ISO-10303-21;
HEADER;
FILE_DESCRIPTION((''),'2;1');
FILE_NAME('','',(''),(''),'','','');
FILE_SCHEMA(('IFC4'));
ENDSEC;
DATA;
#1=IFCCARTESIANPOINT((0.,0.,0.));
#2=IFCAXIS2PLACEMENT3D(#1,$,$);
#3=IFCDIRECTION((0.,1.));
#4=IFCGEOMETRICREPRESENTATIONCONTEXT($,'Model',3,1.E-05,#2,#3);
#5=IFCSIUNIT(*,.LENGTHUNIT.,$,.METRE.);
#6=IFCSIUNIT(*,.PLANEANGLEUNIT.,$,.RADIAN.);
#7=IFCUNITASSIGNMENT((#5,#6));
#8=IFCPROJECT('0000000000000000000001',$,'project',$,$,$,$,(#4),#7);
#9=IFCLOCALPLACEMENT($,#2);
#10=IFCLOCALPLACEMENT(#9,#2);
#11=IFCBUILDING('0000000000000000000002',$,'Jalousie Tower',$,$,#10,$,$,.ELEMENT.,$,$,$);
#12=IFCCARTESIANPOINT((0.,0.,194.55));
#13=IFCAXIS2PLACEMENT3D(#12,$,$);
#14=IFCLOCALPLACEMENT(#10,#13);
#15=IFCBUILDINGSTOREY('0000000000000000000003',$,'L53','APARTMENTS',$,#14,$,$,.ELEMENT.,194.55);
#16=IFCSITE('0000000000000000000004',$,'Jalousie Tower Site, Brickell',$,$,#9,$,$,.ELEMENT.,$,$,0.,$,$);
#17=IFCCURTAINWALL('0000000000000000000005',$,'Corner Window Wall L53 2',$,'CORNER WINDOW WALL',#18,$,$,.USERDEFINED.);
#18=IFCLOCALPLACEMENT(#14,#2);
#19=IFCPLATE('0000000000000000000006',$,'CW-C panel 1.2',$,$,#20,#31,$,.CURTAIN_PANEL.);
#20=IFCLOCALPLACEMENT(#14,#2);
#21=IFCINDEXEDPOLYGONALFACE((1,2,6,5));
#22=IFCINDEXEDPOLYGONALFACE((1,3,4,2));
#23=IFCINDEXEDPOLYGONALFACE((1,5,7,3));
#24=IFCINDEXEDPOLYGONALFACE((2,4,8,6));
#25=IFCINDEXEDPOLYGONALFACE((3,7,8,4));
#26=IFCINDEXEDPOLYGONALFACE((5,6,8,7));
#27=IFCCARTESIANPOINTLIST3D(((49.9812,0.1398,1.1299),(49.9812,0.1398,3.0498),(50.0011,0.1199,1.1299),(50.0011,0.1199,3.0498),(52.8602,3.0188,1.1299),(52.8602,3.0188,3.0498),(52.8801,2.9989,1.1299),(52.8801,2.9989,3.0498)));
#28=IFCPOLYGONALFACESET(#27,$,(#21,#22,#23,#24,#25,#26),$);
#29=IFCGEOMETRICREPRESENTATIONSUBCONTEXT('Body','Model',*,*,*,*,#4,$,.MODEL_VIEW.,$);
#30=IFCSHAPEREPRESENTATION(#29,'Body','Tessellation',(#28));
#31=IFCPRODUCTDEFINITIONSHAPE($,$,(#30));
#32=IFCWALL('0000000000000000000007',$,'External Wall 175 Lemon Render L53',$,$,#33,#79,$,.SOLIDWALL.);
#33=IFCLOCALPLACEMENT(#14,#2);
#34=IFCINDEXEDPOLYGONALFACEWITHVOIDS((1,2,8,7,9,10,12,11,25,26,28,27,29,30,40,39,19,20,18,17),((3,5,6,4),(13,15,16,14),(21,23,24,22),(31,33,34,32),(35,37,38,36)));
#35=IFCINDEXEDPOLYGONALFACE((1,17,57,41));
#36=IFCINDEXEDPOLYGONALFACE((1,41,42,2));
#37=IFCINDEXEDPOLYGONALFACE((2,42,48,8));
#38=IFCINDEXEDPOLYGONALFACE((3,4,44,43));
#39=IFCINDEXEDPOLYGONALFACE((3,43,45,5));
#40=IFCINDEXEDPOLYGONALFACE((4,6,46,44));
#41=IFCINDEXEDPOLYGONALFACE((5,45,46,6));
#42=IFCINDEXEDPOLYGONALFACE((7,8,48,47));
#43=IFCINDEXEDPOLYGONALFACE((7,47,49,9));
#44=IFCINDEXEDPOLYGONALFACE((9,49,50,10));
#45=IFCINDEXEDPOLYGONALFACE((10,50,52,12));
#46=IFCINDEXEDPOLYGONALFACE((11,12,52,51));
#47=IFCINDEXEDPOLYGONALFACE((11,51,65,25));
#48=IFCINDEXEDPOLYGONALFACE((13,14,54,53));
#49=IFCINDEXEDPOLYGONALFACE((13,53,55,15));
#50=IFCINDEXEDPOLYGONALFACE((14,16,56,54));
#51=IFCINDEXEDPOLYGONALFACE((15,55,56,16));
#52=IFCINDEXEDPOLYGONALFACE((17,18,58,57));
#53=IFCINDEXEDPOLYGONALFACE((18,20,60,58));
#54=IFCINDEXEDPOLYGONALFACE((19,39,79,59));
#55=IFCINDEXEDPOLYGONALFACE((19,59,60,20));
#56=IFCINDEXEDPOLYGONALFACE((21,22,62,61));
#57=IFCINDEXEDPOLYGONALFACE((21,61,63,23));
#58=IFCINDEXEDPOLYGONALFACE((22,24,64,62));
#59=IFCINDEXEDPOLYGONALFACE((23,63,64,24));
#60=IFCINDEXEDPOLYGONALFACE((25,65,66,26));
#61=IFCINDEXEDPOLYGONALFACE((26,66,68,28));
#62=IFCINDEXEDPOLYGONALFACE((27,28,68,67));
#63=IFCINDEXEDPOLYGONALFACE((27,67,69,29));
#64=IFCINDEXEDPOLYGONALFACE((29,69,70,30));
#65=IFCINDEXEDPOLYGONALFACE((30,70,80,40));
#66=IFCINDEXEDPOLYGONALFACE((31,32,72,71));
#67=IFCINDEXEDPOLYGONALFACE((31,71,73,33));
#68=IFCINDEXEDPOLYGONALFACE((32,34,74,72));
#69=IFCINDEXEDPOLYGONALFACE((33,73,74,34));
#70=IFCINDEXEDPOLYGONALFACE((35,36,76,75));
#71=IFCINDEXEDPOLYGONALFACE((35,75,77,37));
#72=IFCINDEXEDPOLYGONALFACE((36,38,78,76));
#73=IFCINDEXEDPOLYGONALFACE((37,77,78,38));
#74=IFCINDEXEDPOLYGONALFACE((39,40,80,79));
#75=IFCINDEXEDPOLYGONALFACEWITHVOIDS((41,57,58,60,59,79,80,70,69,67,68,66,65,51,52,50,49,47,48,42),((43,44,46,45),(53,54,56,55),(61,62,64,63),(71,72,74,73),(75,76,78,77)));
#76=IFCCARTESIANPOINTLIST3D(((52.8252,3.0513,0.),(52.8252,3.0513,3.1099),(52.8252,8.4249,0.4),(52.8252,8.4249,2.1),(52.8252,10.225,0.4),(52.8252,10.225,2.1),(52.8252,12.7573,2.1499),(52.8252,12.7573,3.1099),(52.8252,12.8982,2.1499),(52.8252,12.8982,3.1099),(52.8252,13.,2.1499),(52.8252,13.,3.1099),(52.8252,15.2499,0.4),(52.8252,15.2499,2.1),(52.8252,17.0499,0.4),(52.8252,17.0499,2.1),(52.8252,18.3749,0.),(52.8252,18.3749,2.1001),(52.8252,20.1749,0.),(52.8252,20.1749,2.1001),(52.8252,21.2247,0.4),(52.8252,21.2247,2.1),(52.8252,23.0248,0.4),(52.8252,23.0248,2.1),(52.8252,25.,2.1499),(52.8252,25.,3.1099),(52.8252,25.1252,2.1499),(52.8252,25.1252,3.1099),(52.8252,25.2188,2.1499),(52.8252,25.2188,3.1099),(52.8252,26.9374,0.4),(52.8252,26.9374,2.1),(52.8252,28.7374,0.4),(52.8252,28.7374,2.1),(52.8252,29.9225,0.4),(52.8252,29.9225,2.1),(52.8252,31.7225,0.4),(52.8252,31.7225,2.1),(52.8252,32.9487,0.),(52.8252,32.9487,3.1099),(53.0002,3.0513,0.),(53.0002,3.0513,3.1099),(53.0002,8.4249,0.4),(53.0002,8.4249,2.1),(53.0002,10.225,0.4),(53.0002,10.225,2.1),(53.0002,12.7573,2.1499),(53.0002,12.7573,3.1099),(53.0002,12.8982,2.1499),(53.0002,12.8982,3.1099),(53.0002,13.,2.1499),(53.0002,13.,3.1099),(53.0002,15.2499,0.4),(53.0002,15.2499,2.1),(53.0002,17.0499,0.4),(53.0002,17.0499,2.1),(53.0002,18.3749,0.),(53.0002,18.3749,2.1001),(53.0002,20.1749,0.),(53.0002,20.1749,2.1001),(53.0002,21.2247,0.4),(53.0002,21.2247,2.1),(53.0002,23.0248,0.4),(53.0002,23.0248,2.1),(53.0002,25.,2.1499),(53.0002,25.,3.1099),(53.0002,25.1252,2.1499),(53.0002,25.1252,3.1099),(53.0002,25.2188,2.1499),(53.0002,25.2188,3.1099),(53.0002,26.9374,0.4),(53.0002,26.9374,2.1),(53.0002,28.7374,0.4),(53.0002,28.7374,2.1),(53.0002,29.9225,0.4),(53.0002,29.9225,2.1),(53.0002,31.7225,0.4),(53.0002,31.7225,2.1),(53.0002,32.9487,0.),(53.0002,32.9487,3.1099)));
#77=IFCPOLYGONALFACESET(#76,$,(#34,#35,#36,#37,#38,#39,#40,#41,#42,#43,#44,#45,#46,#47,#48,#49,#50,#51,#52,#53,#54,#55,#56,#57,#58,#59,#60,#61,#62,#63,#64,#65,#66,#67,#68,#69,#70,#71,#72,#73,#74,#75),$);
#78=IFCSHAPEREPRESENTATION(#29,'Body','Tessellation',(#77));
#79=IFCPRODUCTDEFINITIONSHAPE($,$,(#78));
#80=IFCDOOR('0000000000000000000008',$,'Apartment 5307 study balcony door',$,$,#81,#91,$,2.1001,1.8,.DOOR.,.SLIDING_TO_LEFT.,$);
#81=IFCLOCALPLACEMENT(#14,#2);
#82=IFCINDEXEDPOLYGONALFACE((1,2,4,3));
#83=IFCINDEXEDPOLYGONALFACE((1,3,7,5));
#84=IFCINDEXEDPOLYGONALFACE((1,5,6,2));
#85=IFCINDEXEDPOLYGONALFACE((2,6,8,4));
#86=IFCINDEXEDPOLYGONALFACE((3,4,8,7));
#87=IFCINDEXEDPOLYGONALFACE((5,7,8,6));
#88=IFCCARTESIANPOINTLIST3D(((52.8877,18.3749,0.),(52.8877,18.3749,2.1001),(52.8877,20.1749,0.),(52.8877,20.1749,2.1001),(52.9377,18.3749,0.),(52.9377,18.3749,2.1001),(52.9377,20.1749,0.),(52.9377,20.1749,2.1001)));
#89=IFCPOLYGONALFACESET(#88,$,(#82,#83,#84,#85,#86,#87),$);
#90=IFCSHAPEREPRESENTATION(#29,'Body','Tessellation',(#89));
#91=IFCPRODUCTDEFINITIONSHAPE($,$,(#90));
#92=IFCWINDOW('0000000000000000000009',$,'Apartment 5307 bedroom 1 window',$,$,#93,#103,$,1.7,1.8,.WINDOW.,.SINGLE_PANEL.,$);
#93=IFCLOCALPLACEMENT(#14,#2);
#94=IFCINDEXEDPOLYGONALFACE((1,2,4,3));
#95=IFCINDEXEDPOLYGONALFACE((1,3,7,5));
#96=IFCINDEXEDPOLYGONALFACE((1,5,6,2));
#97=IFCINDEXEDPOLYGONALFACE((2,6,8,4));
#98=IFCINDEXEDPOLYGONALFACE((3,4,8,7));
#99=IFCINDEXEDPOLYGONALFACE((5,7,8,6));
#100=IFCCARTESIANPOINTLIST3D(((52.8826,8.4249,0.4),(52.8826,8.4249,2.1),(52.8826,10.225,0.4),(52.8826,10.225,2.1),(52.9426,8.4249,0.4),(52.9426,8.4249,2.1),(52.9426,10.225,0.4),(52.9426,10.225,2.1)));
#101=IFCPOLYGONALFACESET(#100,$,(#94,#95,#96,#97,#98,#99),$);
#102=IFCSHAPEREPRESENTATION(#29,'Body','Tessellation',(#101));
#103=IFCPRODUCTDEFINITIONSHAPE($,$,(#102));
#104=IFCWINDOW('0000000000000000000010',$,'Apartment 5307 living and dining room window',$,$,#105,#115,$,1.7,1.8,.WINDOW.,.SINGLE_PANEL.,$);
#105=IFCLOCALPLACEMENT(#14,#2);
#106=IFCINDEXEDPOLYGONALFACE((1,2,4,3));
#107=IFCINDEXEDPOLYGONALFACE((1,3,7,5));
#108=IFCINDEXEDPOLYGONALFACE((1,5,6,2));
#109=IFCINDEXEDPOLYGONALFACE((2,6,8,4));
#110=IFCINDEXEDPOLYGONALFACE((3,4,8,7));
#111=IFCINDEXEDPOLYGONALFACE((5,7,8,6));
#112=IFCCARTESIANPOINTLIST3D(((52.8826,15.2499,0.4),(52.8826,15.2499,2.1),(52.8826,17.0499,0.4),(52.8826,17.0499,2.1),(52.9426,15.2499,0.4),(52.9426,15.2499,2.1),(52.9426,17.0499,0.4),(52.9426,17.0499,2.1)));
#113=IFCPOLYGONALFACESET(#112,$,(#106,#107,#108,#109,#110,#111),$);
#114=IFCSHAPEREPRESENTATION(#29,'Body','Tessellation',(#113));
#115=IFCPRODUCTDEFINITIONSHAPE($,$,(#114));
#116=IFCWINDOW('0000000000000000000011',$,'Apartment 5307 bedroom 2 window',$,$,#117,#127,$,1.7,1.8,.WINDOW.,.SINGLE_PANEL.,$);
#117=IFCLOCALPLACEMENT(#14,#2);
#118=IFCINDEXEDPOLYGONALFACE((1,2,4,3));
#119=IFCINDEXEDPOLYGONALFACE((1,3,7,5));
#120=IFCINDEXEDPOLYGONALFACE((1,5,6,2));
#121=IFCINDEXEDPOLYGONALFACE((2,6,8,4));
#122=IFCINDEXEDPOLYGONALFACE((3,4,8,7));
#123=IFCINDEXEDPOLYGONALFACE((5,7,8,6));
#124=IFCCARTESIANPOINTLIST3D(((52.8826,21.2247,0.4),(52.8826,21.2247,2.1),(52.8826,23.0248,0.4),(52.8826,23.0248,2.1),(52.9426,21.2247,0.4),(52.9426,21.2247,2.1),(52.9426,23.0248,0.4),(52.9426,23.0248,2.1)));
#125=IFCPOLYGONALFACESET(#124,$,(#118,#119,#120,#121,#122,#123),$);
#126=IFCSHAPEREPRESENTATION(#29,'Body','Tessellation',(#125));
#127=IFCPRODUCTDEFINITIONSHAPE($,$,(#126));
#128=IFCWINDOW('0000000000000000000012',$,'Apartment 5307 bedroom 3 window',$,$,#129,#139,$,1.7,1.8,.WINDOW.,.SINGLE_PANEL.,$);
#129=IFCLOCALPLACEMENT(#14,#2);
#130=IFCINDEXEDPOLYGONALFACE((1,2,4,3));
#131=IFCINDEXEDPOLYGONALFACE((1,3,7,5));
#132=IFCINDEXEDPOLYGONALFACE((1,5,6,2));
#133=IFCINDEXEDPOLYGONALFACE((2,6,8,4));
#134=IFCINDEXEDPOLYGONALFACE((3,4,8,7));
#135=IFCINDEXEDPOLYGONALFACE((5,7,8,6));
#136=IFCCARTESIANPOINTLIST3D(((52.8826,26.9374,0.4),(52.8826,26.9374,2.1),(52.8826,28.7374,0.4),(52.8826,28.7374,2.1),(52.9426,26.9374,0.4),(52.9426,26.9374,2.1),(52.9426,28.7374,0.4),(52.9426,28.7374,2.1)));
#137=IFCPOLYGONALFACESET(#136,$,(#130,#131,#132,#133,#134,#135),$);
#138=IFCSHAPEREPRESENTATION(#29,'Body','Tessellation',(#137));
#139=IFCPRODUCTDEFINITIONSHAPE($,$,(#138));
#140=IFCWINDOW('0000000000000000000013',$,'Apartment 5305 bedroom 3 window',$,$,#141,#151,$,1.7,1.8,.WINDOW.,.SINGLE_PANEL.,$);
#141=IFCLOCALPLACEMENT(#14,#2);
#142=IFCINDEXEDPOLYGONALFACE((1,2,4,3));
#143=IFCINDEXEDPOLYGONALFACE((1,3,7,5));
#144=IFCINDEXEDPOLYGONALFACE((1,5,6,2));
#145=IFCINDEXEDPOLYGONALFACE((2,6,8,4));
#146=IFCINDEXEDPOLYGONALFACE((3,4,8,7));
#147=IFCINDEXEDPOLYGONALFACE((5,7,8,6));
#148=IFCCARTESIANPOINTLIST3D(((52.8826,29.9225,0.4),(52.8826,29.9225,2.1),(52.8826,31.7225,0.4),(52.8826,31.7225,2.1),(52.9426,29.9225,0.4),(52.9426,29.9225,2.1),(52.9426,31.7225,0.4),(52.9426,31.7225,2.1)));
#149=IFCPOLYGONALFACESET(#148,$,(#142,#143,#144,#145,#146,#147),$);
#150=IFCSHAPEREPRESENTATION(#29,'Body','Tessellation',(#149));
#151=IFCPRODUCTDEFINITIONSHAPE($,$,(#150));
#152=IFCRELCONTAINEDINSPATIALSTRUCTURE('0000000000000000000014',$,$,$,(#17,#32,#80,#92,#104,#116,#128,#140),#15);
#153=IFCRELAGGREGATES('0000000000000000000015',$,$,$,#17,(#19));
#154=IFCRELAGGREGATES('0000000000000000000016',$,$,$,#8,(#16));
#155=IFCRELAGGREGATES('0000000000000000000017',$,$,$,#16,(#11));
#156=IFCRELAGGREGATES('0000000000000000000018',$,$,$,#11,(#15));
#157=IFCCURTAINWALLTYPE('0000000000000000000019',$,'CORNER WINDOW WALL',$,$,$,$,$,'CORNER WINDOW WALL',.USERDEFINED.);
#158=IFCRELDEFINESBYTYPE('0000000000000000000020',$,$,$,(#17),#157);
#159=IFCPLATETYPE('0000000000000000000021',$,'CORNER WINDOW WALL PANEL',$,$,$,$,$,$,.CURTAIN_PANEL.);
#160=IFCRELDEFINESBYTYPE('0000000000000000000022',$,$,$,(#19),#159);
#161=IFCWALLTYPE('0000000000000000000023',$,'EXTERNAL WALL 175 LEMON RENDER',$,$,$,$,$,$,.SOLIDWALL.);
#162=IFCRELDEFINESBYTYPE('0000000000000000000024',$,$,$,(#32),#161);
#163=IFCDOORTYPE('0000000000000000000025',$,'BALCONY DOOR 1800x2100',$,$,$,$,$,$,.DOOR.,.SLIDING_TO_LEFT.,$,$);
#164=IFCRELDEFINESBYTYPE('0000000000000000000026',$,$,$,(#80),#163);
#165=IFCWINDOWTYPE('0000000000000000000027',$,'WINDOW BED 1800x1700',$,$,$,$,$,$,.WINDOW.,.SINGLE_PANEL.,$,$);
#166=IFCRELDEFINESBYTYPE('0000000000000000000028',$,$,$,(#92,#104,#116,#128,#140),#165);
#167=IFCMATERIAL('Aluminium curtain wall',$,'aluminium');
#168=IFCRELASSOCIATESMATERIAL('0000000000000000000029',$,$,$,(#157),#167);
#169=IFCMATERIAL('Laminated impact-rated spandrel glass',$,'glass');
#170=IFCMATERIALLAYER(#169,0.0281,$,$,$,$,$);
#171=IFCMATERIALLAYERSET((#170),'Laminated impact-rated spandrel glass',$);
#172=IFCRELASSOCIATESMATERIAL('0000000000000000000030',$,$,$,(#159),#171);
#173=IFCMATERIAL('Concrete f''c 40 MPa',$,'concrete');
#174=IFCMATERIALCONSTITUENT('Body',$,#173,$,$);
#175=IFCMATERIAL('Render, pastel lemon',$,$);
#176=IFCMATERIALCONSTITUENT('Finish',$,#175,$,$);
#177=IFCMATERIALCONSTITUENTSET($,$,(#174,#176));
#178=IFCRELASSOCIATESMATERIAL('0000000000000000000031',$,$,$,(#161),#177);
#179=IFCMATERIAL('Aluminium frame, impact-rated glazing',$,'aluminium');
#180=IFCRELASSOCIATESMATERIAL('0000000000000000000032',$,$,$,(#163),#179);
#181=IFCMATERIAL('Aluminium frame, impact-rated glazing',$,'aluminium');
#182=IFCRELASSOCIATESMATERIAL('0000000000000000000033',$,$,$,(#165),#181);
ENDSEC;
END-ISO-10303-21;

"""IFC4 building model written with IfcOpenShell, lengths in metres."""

from ifc_helpers import new_model, si_unit, direction, frame, frame_2d, origin, origin_2d, place, context, subcontext, project, spatial, polyline, rectangle, outline, extrude, material, layer, layer_set, constituent, constituent_set, type_object, element, fill, aggregate, save


model = new_model("IFC4")

# Units and contexts
model_context = context("Model", 3, precision=1e-05, world=origin(), true_north=direction((0.0, 1.0)))
body_context = subcontext(model_context, "Body", "Model", "MODEL_VIEW")
ifc_project = project(units=[si_unit("LENGTHUNIT", "METRE"), si_unit("PLANEANGLEUNIT", "RADIAN")], contexts=[model_context])

# Site, building, storey
site_placement = place(None, origin())
site = spatial("IfcSite", under=ifc_project, at=site_placement, Name="Jalousie Tower Site, Brickell", CompositionType="ELEMENT", RefElevation=0.0)
building_placement = place(site_placement, origin())
building = spatial("IfcBuilding", under=site, at=building_placement, Name="Jalousie Tower", CompositionType="ELEMENT")
storey_placement = place(building_placement, frame((0.0, 0.0, 194.55)))
storey = spatial("IfcBuildingStorey", under=building, at=storey_placement, Name="L53", Description="APARTMENTS", CompositionType="ELEMENT", Elevation=194.55)

# Curtain wall
ifc_material_1 = material(Name="Aluminium curtain wall", Category="aluminium")
curtain_wall_type_1 = type_object("IfcCurtainWallType", Name="CORNER WINDOW WALL", ElementType="CORNER WINDOW WALL", PredefinedType="USERDEFINED", material=ifc_material_1)
curtain_wall_1_placement = place(storey_placement, origin())
curtain_wall_1 = element("IfcCurtainWall", 1, at=curtain_wall_1_placement, inside=storey, type_object=curtain_wall_type_1, Name="Corner Window Wall L53 2", ObjectType="CORNER WINDOW WALL", PredefinedType="USERDEFINED")

# Plate
ifc_material_2 = material(Name="Laminated impact-rated spandrel glass", Category="glass")
ifc_layer = layer(ifc_material_2, 0.0281)
ifc_layer_set = layer_set([ifc_layer], Name="Laminated impact-rated spandrel glass")
plate_type = type_object("IfcPlateType", Name="CORNER WINDOW WALL PANEL", PredefinedType="CURTAIN_PANEL", material=ifc_layer_set)
plate_1_placement = place(storey_placement, frame((51.4307, 1.5693, 1.1299), z_axis=(0.0, 0.0, 1.0), x_axis=(0.707107, 0.707107, 0.0)))
plate_1 = element("IfcPlate", 2, at=plate_1_placement, type_object=plate_type, Name="CW-C panel 1.2", PredefinedType="CURTAIN_PANEL", context=body_context, shape_type="SweptSolid", body=[
    extrude(rectangle(XDim=4.0715, YDim=0.0281, at=origin_2d()), origin(), (0.0, 0.0, 1.0), 1.9199),
])
aggregate(curtain_wall_1, [plate_1])

# Wall, openings, door, windows
ifc_material_3 = material(Name="Concrete f'c 40 MPa", Category="concrete")
ifc_constituent_1 = constituent(ifc_material_3, Name="Body")
ifc_material_4 = material(Name="Render, pastel lemon")
ifc_constituent_2 = constituent(ifc_material_4, Name="Finish")
ifc_constituent_set = constituent_set(constituents=[ifc_constituent_1, ifc_constituent_2])
wall_type = type_object("IfcWallType", Name="EXTERNAL WALL 175 LEMON RENDER", PredefinedType="SOLIDWALL", material=ifc_constituent_set)
wall_placement = place(storey_placement, frame((52.9126, 3.0513, 0.0), z_axis=(0.0, 0.0, 1.0), x_axis=(0.0, 1.0, 0.0)))
wall = element("IfcWall", 3, at=wall_placement, inside=storey, type_object=wall_type, Name="External Wall 175 Lemon Render L53", PredefinedType="SOLIDWALL", context=body_context, shape_type="SweptSolid", body=[
    extrude(outline(polyline([(0.0, 0.0), (29.8975, 0.0), (29.8975, 3.1099), (22.1675, 3.1099), (22.1675, 2.1499), (22.074, 2.1499), (22.074, 3.1099), (21.9487, 3.1099), (21.9487, 2.1499), (9.9487, 2.1499), (9.9487, 3.1099), (9.8469, 3.1099), (9.8469, 2.1499), (9.7061, 2.1499), (9.7061, 3.1099), (0.0, 3.1099), (0.0, 0.0)])), frame((0.0, 0.0874, 0.0), z_axis=(0.0, -1.0, 0.0), x_axis=(1.0, 0.0, 0.0)), (0.0, 0.0, 1.0), 0.175),
])
opening_1_placement = place(wall_placement, frame((5.3738, 0.0, 0.3999)))
opening_1 = element("IfcOpeningElement", 4, at=opening_1_placement, cuts=wall, PredefinedType="OPENING", context=body_context, shape_type="SweptSolid", body=[
    extrude(rectangle(XDim=1.8, YDim=1.7, at=frame_2d((0.8999, 0.8501))), frame((0.0, 0.0974, 0.0), z_axis=(0.0, -1.0, 0.0), x_axis=(1.0, 0.0, 0.0)), (0.0, 0.0, 1.0), 0.1951),
])
opening_2_placement = place(wall_placement, frame((12.1987, 0.0, 0.3999)))
opening_2 = element("IfcOpeningElement", 5, at=opening_2_placement, cuts=wall, PredefinedType="OPENING", context=body_context, shape_type="SweptSolid", body=[
    extrude(rectangle(XDim=1.8, YDim=1.7, at=frame_2d((0.8999, 0.8501))), frame((0.0, 0.0974, 0.0), z_axis=(0.0, -1.0, 0.0), x_axis=(1.0, 0.0, 0.0)), (0.0, 0.0, 1.0), 0.1951),
])
opening_3_placement = place(wall_placement, frame((15.3237, 0.0, 0.0)))
opening_3 = element("IfcOpeningElement", 6, at=opening_3_placement, cuts=wall, PredefinedType="OPENING", context=body_context, shape_type="SweptSolid", body=[
    extrude(rectangle(XDim=1.8, YDim=2.1001, at=frame_2d((0.8999, 1.05))), frame((0.0, 0.0974, 0.0), z_axis=(0.0, -1.0, 0.0), x_axis=(1.0, 0.0, 0.0)), (0.0, 0.0, 1.0), 0.1951),
])
opening_4_placement = place(wall_placement, frame((18.1736, 0.0, 0.3999)))
opening_4 = element("IfcOpeningElement", 7, at=opening_4_placement, cuts=wall, PredefinedType="OPENING", context=body_context, shape_type="SweptSolid", body=[
    extrude(rectangle(XDim=1.8, YDim=1.7, at=frame_2d((0.8999, 0.8501))), frame((0.0, 0.0974, 0.0), z_axis=(0.0, -1.0, 0.0), x_axis=(1.0, 0.0, 0.0)), (0.0, 0.0, 1.0), 0.1951),
])
opening_5_placement = place(wall_placement, frame((23.8862, 0.0, 0.3999)))
opening_5 = element("IfcOpeningElement", 8, at=opening_5_placement, cuts=wall, PredefinedType="OPENING", context=body_context, shape_type="SweptSolid", body=[
    extrude(rectangle(XDim=1.8, YDim=1.7, at=frame_2d((0.8999, 0.8501))), frame((0.0, 0.0974, 0.0), z_axis=(0.0, -1.0, 0.0), x_axis=(1.0, 0.0, 0.0)), (0.0, 0.0, 1.0), 0.1951),
])
opening_6_placement = place(wall_placement, frame((26.8713, 0.0, 0.3999)))
opening_6 = element("IfcOpeningElement", 9, at=opening_6_placement, cuts=wall, PredefinedType="OPENING", context=body_context, shape_type="SweptSolid", body=[
    extrude(rectangle(XDim=1.8, YDim=1.7, at=frame_2d((0.8999, 0.8501))), frame((0.0, 0.0974, 0.0), z_axis=(0.0, -1.0, 0.0), x_axis=(1.0, 0.0, 0.0)), (0.0, 0.0, 1.0), 0.1951),
])
ifc_material_5 = material(Name="Aluminium frame, impact-rated glazing", Category="aluminium")
door_type = type_object("IfcDoorType", Name="BALCONY DOOR 1800x2100", OperationType="SLIDING_TO_LEFT", PredefinedType="DOOR", material=ifc_material_5)
door_placement = place(opening_3_placement, origin())
door = element("IfcDoor", 10, at=door_placement, inside=storey, type_object=door_type, Name="Apartment 5307 study balcony door", OperationType="SLIDING_TO_LEFT", OverallHeight=2.1001, OverallWidth=1.8, PredefinedType="DOOR", context=body_context, shape_type="SweptSolid", body=[
    extrude(rectangle(XDim=1.8, YDim=2.1001, at=frame_2d((0.8999, 1.05))), frame((0.0, 0.0249, 0.0), z_axis=(0.0, -1.0, 0.0), x_axis=(1.0, 0.0, 0.0)), (0.0, 0.0, 1.0), 0.05),
])
fill(opening_3, door)
ifc_material_6 = material(Name="Aluminium frame, impact-rated glazing", Category="aluminium")
window_type = type_object("IfcWindowType", Name="WINDOW BED 1800x1700", PartitioningType="SINGLE_PANEL", PredefinedType="WINDOW", material=ifc_material_6)
window_1_placement = place(opening_1_placement, origin())
window_1 = element("IfcWindow", 11, at=window_1_placement, inside=storey, type_object=window_type, Name="Apartment 5307 bedroom 1 window", OverallHeight=1.7, OverallWidth=1.8, PartitioningType="SINGLE_PANEL", PredefinedType="WINDOW", context=body_context, shape_type="SweptSolid", body=[
    extrude(rectangle(XDim=1.8, YDim=1.7, at=frame_2d((0.8999, 0.8501))), frame((0.0, 0.03, 0.0), z_axis=(0.0, -1.0, 0.0), x_axis=(1.0, 0.0, 0.0)), (0.0, 0.0, 1.0), 0.0601),
])
fill(opening_1, window_1)
window_2_placement = place(opening_2_placement, origin())
window_2 = element("IfcWindow", 12, at=window_2_placement, inside=storey, type_object=window_type, Name="Apartment 5307 living and dining room window", OverallHeight=1.7, OverallWidth=1.8, PartitioningType="SINGLE_PANEL", PredefinedType="WINDOW", context=body_context, shape_type="SweptSolid", body=[
    extrude(rectangle(XDim=1.8, YDim=1.7, at=frame_2d((0.8999, 0.8501))), frame((0.0, 0.03, 0.0), z_axis=(0.0, -1.0, 0.0), x_axis=(1.0, 0.0, 0.0)), (0.0, 0.0, 1.0), 0.0601),
])
fill(opening_2, window_2)
window_3_placement = place(opening_4_placement, origin())
window_3 = element("IfcWindow", 13, at=window_3_placement, inside=storey, type_object=window_type, Name="Apartment 5307 bedroom 2 window", OverallHeight=1.7, OverallWidth=1.8, PartitioningType="SINGLE_PANEL", PredefinedType="WINDOW", context=body_context, shape_type="SweptSolid", body=[
    extrude(rectangle(XDim=1.8, YDim=1.7, at=frame_2d((0.8999, 0.8501))), frame((0.0, 0.03, 0.0), z_axis=(0.0, -1.0, 0.0), x_axis=(1.0, 0.0, 0.0)), (0.0, 0.0, 1.0), 0.0601),
])
fill(opening_4, window_3)
window_4_placement = place(opening_5_placement, origin())
window_4 = element("IfcWindow", 14, at=window_4_placement, inside=storey, type_object=window_type, Name="Apartment 5307 bedroom 3 window", OverallHeight=1.7, OverallWidth=1.8, PartitioningType="SINGLE_PANEL", PredefinedType="WINDOW", context=body_context, shape_type="SweptSolid", body=[
    extrude(rectangle(XDim=1.8, YDim=1.7, at=frame_2d((0.8999, 0.8501))), frame((0.0, 0.03, 0.0), z_axis=(0.0, -1.0, 0.0), x_axis=(1.0, 0.0, 0.0)), (0.0, 0.0, 1.0), 0.0601),
])
fill(opening_5, window_4)
window_5_placement = place(opening_6_placement, origin())
window_5 = element("IfcWindow", 15, at=window_5_placement, inside=storey, type_object=window_type, Name="Apartment 5305 bedroom 3 window", OverallHeight=1.7, OverallWidth=1.8, PartitioningType="SINGLE_PANEL", PredefinedType="WINDOW", context=body_context, shape_type="SweptSolid", body=[
    extrude(rectangle(XDim=1.8, YDim=1.7, at=frame_2d((0.8999, 0.8501))), frame((0.0, 0.03, 0.0), z_axis=(0.0, -1.0, 0.0), x_axis=(1.0, 0.0, 0.0)), (0.0, 0.0, 1.0), 0.0601),
])
fill(opening_6, window_5)

save(model, "model.ifc")
